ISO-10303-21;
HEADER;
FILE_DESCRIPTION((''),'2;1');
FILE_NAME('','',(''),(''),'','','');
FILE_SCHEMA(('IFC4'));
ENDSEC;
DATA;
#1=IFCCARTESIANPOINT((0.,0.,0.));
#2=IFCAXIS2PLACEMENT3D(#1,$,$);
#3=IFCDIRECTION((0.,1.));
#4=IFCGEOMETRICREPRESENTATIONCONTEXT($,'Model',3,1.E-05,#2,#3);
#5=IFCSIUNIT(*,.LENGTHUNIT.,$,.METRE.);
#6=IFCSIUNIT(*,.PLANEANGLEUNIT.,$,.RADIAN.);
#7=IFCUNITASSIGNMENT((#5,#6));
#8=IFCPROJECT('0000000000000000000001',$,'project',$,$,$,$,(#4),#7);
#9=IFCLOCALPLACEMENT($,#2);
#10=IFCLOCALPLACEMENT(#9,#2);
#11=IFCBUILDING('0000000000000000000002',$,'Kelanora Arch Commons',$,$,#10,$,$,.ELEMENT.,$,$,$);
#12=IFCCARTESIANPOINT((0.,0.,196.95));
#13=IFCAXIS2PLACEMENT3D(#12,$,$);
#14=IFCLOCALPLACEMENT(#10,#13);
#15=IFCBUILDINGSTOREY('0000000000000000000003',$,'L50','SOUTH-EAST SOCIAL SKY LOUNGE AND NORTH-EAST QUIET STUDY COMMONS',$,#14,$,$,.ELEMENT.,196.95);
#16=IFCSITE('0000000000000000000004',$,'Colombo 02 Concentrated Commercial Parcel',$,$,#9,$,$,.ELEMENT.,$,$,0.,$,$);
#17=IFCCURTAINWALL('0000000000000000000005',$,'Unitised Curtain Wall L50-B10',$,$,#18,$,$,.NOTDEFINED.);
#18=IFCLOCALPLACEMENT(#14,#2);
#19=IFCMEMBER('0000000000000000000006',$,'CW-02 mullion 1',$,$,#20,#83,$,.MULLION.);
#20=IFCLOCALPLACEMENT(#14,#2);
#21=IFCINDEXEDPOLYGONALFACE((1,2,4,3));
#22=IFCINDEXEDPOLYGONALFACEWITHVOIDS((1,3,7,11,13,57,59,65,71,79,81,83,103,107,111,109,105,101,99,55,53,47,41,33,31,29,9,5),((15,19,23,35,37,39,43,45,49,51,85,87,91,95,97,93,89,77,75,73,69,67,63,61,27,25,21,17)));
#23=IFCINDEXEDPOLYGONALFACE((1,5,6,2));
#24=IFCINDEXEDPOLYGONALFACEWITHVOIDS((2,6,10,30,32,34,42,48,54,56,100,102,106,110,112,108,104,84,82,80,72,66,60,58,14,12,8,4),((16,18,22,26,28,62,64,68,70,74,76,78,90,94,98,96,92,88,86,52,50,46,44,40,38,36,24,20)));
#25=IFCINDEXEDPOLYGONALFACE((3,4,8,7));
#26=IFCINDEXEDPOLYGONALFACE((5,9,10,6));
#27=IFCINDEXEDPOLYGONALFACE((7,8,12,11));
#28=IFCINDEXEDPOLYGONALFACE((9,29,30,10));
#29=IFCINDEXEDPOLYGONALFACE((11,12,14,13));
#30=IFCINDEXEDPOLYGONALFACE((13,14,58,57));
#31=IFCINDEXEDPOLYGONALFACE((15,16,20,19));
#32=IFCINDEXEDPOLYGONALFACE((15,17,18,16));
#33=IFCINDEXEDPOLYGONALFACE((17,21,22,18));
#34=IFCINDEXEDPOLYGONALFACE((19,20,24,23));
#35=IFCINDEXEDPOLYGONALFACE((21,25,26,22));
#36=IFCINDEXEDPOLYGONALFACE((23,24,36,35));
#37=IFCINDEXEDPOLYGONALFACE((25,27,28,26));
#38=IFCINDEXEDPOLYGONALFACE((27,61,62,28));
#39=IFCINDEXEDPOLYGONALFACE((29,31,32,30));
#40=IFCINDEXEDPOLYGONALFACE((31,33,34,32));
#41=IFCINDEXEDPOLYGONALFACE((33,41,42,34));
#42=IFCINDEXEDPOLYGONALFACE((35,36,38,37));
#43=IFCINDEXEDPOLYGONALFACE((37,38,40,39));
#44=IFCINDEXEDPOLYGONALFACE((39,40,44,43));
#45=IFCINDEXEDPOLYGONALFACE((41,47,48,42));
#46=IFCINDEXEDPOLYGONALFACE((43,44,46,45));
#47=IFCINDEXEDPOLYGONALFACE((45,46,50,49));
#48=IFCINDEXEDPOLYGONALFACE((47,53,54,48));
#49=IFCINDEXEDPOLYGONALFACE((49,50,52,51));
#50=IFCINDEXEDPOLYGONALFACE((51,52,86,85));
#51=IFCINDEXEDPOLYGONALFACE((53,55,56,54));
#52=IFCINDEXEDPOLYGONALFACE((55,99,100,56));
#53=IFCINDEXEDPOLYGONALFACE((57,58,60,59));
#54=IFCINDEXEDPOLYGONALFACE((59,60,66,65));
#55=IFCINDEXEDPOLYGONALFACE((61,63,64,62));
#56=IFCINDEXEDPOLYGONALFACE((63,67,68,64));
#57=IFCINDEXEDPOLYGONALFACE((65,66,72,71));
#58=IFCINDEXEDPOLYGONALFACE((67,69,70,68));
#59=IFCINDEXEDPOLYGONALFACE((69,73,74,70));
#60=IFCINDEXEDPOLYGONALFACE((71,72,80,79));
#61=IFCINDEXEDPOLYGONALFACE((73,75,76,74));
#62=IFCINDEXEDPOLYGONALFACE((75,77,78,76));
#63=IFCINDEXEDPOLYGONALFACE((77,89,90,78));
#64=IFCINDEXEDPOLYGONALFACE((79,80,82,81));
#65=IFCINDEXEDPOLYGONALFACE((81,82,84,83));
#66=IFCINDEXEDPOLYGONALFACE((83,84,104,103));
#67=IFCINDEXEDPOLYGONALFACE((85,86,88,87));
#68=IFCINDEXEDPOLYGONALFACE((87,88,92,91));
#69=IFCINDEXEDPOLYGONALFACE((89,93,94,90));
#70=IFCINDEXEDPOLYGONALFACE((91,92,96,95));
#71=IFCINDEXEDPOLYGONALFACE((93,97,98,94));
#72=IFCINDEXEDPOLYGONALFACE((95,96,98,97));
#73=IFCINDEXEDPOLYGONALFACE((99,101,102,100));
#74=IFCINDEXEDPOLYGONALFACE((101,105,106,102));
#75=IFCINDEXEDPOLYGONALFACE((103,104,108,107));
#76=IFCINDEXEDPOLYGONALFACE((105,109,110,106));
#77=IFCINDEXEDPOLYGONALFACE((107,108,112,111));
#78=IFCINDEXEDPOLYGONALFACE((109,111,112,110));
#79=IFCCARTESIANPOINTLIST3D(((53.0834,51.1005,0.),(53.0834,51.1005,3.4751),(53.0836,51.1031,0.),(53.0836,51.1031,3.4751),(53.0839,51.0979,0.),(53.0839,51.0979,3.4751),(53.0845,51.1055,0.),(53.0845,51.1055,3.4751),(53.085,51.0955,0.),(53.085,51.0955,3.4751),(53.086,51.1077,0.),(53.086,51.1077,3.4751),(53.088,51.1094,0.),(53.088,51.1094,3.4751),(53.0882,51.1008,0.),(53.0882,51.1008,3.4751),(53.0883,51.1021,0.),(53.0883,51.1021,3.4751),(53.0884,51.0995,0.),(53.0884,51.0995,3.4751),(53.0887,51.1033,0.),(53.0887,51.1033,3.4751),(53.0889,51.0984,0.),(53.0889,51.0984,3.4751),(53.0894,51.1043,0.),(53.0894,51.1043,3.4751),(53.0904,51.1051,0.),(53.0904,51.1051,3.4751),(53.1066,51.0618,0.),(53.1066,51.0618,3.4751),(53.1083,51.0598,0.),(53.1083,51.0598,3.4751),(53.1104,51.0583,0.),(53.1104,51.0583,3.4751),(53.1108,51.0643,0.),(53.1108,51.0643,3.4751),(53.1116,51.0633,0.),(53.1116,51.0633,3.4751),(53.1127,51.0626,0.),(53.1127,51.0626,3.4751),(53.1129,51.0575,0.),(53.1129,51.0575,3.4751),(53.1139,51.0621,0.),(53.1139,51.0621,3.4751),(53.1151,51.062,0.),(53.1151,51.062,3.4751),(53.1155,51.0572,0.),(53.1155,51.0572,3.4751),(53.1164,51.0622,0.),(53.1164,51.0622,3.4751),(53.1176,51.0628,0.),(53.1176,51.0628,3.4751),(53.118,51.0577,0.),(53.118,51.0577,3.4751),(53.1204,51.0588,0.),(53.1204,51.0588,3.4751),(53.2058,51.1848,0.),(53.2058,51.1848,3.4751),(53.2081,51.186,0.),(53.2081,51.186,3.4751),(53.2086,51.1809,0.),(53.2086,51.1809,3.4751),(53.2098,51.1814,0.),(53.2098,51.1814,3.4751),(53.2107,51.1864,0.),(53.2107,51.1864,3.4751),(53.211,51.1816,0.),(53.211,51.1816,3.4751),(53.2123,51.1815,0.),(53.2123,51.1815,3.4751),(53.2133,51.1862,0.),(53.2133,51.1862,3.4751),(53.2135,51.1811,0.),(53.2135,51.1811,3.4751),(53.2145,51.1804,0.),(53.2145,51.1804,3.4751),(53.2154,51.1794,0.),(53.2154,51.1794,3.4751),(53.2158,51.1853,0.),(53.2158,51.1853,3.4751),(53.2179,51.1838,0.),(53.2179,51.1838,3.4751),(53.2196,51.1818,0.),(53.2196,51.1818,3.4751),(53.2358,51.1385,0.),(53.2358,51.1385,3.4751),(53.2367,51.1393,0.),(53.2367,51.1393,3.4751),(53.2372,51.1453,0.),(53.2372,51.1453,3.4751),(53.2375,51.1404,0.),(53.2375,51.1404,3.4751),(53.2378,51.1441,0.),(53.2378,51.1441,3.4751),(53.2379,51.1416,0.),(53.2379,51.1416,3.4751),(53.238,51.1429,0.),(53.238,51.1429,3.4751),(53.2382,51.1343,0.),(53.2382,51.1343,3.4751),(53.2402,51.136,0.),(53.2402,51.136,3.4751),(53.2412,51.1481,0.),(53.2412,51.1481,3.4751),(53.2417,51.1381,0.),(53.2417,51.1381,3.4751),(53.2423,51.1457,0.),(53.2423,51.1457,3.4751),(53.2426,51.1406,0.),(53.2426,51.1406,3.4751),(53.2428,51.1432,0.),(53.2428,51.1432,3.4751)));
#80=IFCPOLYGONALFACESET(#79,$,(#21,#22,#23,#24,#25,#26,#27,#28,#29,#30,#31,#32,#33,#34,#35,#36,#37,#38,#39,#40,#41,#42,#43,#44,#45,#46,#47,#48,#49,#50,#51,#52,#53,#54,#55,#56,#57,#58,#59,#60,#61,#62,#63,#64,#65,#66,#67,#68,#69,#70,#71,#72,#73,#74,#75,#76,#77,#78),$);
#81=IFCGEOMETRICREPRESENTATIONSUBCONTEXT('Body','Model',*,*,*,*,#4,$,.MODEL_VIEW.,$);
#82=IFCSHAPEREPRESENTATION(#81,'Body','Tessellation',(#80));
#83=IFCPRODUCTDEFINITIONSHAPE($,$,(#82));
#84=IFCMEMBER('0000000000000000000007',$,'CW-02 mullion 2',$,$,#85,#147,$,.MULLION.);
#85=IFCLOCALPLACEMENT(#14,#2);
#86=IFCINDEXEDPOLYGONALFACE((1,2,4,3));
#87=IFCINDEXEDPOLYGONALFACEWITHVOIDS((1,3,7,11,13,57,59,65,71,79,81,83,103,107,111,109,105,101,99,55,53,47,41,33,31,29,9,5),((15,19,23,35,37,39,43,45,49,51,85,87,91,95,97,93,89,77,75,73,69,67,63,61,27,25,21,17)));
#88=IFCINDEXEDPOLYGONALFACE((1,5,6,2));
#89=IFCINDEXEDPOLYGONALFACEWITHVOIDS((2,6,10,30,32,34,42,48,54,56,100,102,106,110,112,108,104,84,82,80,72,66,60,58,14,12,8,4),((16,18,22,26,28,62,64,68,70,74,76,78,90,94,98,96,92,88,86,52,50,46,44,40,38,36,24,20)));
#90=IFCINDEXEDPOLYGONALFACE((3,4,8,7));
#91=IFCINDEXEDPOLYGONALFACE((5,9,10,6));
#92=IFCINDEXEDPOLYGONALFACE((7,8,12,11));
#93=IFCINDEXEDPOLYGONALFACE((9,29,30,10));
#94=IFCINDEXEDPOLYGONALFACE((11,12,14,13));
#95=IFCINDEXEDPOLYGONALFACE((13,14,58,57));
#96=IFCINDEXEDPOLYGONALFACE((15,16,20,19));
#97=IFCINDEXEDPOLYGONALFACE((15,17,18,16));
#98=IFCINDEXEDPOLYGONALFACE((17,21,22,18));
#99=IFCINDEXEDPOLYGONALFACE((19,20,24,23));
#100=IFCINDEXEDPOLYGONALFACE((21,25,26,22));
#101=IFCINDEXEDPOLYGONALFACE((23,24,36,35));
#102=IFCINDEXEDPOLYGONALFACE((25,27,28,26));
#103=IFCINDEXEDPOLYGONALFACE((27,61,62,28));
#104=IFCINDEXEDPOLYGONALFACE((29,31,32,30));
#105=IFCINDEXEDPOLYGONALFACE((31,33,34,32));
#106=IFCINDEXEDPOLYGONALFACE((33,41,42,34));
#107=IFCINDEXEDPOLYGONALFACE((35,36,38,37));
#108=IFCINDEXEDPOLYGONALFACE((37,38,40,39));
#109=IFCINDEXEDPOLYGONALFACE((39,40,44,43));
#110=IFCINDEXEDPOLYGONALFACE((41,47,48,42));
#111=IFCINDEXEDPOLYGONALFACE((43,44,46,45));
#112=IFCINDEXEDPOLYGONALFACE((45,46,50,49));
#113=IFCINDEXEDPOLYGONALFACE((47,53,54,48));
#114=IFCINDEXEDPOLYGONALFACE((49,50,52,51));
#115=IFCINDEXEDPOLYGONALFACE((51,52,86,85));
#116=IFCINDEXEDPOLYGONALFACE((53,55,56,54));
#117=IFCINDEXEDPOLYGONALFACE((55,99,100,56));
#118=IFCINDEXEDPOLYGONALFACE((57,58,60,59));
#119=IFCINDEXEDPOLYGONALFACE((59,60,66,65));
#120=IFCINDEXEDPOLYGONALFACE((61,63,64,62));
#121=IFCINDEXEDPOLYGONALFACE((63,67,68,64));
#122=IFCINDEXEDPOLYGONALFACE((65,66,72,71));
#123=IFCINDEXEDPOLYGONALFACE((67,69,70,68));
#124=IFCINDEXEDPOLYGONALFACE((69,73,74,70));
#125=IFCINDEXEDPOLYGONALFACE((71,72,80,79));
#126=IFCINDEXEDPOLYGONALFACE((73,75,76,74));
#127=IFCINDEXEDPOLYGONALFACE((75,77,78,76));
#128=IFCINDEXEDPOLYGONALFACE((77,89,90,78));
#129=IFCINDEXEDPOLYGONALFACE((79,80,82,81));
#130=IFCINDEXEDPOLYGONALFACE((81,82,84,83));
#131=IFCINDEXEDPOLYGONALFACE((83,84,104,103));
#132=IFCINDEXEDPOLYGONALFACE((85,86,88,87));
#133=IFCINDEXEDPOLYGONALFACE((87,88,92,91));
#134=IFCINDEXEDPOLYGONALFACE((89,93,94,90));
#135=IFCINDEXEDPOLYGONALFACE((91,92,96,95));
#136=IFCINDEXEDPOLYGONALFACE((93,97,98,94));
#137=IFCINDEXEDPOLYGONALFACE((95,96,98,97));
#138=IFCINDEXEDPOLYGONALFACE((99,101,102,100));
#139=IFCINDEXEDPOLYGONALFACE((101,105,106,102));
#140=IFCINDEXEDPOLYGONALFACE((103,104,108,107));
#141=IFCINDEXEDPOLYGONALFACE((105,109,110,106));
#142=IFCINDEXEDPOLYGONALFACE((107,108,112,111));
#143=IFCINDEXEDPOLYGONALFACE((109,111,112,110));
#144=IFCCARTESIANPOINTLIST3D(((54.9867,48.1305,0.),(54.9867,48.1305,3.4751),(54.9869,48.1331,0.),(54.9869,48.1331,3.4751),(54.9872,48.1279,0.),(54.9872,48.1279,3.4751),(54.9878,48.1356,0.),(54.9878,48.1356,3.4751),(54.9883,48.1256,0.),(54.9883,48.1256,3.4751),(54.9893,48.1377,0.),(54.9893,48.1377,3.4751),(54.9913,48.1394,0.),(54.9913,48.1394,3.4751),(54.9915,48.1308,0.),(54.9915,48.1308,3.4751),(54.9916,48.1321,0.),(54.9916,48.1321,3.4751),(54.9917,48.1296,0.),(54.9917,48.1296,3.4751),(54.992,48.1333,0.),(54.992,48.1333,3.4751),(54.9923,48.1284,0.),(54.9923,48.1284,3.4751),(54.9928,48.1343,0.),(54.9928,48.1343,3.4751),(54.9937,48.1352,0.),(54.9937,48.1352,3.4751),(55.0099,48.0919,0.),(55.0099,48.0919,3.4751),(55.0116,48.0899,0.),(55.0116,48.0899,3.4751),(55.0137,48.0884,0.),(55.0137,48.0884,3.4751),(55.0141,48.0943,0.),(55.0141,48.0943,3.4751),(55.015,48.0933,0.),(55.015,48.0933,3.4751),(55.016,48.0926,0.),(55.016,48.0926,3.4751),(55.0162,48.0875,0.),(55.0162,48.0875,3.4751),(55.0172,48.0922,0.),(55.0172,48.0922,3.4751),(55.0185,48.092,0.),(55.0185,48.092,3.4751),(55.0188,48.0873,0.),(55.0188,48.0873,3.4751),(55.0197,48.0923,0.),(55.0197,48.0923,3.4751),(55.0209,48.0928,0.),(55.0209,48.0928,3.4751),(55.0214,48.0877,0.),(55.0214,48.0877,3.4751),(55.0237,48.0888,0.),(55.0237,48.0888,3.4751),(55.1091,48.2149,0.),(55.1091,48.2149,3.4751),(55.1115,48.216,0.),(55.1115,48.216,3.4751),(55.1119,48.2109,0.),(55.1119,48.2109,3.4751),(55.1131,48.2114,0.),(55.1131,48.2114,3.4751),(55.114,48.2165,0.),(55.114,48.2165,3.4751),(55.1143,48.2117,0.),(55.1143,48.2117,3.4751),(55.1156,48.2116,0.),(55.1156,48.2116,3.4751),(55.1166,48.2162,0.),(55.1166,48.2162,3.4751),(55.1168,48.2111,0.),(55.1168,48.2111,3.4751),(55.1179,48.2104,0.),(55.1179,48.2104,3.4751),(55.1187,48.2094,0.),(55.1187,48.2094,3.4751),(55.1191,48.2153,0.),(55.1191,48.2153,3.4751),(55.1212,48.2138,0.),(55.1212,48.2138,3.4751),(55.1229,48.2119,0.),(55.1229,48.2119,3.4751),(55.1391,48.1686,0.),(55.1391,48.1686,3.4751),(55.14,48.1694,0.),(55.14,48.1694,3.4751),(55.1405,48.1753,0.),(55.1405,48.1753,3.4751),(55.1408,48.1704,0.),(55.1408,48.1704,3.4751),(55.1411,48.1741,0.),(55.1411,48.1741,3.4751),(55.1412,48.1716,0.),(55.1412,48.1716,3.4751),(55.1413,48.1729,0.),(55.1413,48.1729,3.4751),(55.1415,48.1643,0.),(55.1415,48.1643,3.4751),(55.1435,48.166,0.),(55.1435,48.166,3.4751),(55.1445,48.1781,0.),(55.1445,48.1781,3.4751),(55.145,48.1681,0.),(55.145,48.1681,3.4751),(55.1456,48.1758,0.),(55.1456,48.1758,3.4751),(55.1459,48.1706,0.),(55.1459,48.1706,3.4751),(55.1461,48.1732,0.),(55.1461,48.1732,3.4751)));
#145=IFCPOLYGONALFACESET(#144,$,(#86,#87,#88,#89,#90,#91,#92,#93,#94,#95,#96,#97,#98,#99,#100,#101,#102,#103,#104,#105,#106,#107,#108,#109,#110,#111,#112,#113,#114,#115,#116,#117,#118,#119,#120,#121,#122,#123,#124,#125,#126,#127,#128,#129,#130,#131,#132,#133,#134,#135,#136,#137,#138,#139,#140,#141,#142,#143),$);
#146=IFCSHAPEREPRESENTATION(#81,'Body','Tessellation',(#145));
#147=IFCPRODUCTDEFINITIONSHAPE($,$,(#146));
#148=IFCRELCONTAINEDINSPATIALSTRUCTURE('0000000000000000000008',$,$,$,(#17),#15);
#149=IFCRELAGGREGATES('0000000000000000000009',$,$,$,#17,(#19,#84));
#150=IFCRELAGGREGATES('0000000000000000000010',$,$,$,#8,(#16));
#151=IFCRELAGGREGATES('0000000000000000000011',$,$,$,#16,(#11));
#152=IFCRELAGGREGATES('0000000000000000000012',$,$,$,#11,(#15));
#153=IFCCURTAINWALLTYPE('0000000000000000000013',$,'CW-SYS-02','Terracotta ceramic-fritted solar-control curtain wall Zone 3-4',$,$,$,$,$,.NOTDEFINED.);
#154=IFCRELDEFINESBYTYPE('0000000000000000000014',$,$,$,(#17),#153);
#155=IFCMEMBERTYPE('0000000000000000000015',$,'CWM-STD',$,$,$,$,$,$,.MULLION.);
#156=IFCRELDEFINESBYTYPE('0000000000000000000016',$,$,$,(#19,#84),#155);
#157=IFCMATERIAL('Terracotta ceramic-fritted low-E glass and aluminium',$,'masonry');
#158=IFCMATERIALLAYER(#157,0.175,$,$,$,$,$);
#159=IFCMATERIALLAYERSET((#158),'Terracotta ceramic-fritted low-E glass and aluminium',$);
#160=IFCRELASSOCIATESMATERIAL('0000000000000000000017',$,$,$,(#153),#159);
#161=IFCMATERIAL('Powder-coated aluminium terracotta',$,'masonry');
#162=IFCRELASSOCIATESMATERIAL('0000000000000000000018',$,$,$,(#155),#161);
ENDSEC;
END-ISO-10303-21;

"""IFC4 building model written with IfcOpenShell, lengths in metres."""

from ifc_helpers import new_model, si_unit, direction, frame, origin, origin_2d, place, context, subcontext, project, spatial, hollow_rectangle, extrude, material, layer, layer_set, material_profile, profile_set, type_object, element, aggregate, save


model = new_model("IFC4")

# Units and contexts
model_context = context("Model", 3, precision=1e-05, world=origin(), true_north=direction((0.0, 1.0)))
body_context = subcontext(model_context, "Body", "Model", "MODEL_VIEW")
ifc_project = project(units=[si_unit("LENGTHUNIT", "METRE"), si_unit("PLANEANGLEUNIT", "RADIAN")], contexts=[model_context])

# Site, building, storey
site_placement = place(None, origin())
site = spatial("IfcSite", under=ifc_project, at=site_placement, Name="Colombo 02 Concentrated Commercial Parcel", CompositionType="ELEMENT", RefElevation=0.0)
building_placement = place(site_placement, origin())
building = spatial("IfcBuilding", under=site, at=building_placement, Name="Kelanora Arch Commons", CompositionType="ELEMENT")
storey_placement = place(building_placement, frame((0.0, 0.0, 196.95)))
storey = spatial("IfcBuildingStorey", under=building, at=storey_placement, Name="L50", Description="SOUTH-EAST SOCIAL SKY LOUNGE AND NORTH-EAST QUIET STUDY COMMONS", CompositionType="ELEMENT", Elevation=196.95)

# Curtain wall, members
ifc_material_1 = material(Name="Terracotta ceramic-fritted low-E glass and aluminium", Category="masonry")
ifc_layer_1 = layer(ifc_material_1, 0.175)
ifc_layer_set_1 = layer_set([ifc_layer_1], Name="Terracotta ceramic-fritted low-E glass and aluminium")
curtain_wall_type = type_object("IfcCurtainWallType", Name="CW-SYS-02", Description="Terracotta ceramic-fritted solar-control curtain wall Zone 3-4", PredefinedType="NOTDEFINED", material=ifc_layer_set_1)
curtain_wall_placement = place(storey_placement, origin())
curtain_wall = element("IfcCurtainWall", 1, at=curtain_wall_placement, inside=storey, type_object=curtain_wall_type, Name="Unitised Curtain Wall L50-B10", PredefinedType="NOTDEFINED")
ifc_material_2 = material(Name="Powder-coated aluminium terracotta", Category="masonry")
ifc_material_profile_1 = material_profile(ifc_material_2, hollow_rectangle(XDim=0.1599, YDim=0.0601, WallThickness=0.0049, InnerFilletRadius=0.0049, OuterFilletRadius=0.01, at=origin_2d()), Name="CWM160x60")
ifc_profile_set_1 = profile_set([ifc_material_profile_1], Name="Powder-coated aluminium terracotta")
member_type_1 = type_object("IfcMemberType", Name="CWM-STD", PredefinedType="MULLION", material=ifc_profile_set_1)
member_1_placement = place(storey_placement, frame((53.1631, 51.1218, 0.0), z_axis=(0.0, 0.0, 1.0), x_axis=(0.841948, 0.539559, 0.0)))
member_1 = element("IfcMember", 2, at=member_1_placement, type_object=member_type_1, Name="CW-02 mullion 1", PredefinedType="MULLION", context=body_context, shape_type="SweptSolid", body=[
    extrude(hollow_rectangle(XDim=0.1599, YDim=0.0601, WallThickness=0.0049, InnerFilletRadius=0.0049, OuterFilletRadius=0.01, at=origin_2d()), origin(), (0.0, 0.0, 1.0), 3.4751),
])
member_2_placement = place(storey_placement, frame((55.0664, 48.1519, 0.0), z_axis=(0.0, 0.0, 1.0), x_axis=(0.841948, 0.539559, 0.0)))
member_2 = element("IfcMember", 3, at=member_2_placement, type_object=member_type_1, Name="CW-02 mullion 2", PredefinedType="MULLION", context=body_context, shape_type="SweptSolid", body=[
    extrude(hollow_rectangle(XDim=0.1599, YDim=0.0601, WallThickness=0.0049, InnerFilletRadius=0.0049, OuterFilletRadius=0.01, at=origin_2d()), origin(), (0.0, 0.0, 1.0), 3.4751),
])

aggregate(curtain_wall, [member_1, member_2])

save(model, "model.ifc")
